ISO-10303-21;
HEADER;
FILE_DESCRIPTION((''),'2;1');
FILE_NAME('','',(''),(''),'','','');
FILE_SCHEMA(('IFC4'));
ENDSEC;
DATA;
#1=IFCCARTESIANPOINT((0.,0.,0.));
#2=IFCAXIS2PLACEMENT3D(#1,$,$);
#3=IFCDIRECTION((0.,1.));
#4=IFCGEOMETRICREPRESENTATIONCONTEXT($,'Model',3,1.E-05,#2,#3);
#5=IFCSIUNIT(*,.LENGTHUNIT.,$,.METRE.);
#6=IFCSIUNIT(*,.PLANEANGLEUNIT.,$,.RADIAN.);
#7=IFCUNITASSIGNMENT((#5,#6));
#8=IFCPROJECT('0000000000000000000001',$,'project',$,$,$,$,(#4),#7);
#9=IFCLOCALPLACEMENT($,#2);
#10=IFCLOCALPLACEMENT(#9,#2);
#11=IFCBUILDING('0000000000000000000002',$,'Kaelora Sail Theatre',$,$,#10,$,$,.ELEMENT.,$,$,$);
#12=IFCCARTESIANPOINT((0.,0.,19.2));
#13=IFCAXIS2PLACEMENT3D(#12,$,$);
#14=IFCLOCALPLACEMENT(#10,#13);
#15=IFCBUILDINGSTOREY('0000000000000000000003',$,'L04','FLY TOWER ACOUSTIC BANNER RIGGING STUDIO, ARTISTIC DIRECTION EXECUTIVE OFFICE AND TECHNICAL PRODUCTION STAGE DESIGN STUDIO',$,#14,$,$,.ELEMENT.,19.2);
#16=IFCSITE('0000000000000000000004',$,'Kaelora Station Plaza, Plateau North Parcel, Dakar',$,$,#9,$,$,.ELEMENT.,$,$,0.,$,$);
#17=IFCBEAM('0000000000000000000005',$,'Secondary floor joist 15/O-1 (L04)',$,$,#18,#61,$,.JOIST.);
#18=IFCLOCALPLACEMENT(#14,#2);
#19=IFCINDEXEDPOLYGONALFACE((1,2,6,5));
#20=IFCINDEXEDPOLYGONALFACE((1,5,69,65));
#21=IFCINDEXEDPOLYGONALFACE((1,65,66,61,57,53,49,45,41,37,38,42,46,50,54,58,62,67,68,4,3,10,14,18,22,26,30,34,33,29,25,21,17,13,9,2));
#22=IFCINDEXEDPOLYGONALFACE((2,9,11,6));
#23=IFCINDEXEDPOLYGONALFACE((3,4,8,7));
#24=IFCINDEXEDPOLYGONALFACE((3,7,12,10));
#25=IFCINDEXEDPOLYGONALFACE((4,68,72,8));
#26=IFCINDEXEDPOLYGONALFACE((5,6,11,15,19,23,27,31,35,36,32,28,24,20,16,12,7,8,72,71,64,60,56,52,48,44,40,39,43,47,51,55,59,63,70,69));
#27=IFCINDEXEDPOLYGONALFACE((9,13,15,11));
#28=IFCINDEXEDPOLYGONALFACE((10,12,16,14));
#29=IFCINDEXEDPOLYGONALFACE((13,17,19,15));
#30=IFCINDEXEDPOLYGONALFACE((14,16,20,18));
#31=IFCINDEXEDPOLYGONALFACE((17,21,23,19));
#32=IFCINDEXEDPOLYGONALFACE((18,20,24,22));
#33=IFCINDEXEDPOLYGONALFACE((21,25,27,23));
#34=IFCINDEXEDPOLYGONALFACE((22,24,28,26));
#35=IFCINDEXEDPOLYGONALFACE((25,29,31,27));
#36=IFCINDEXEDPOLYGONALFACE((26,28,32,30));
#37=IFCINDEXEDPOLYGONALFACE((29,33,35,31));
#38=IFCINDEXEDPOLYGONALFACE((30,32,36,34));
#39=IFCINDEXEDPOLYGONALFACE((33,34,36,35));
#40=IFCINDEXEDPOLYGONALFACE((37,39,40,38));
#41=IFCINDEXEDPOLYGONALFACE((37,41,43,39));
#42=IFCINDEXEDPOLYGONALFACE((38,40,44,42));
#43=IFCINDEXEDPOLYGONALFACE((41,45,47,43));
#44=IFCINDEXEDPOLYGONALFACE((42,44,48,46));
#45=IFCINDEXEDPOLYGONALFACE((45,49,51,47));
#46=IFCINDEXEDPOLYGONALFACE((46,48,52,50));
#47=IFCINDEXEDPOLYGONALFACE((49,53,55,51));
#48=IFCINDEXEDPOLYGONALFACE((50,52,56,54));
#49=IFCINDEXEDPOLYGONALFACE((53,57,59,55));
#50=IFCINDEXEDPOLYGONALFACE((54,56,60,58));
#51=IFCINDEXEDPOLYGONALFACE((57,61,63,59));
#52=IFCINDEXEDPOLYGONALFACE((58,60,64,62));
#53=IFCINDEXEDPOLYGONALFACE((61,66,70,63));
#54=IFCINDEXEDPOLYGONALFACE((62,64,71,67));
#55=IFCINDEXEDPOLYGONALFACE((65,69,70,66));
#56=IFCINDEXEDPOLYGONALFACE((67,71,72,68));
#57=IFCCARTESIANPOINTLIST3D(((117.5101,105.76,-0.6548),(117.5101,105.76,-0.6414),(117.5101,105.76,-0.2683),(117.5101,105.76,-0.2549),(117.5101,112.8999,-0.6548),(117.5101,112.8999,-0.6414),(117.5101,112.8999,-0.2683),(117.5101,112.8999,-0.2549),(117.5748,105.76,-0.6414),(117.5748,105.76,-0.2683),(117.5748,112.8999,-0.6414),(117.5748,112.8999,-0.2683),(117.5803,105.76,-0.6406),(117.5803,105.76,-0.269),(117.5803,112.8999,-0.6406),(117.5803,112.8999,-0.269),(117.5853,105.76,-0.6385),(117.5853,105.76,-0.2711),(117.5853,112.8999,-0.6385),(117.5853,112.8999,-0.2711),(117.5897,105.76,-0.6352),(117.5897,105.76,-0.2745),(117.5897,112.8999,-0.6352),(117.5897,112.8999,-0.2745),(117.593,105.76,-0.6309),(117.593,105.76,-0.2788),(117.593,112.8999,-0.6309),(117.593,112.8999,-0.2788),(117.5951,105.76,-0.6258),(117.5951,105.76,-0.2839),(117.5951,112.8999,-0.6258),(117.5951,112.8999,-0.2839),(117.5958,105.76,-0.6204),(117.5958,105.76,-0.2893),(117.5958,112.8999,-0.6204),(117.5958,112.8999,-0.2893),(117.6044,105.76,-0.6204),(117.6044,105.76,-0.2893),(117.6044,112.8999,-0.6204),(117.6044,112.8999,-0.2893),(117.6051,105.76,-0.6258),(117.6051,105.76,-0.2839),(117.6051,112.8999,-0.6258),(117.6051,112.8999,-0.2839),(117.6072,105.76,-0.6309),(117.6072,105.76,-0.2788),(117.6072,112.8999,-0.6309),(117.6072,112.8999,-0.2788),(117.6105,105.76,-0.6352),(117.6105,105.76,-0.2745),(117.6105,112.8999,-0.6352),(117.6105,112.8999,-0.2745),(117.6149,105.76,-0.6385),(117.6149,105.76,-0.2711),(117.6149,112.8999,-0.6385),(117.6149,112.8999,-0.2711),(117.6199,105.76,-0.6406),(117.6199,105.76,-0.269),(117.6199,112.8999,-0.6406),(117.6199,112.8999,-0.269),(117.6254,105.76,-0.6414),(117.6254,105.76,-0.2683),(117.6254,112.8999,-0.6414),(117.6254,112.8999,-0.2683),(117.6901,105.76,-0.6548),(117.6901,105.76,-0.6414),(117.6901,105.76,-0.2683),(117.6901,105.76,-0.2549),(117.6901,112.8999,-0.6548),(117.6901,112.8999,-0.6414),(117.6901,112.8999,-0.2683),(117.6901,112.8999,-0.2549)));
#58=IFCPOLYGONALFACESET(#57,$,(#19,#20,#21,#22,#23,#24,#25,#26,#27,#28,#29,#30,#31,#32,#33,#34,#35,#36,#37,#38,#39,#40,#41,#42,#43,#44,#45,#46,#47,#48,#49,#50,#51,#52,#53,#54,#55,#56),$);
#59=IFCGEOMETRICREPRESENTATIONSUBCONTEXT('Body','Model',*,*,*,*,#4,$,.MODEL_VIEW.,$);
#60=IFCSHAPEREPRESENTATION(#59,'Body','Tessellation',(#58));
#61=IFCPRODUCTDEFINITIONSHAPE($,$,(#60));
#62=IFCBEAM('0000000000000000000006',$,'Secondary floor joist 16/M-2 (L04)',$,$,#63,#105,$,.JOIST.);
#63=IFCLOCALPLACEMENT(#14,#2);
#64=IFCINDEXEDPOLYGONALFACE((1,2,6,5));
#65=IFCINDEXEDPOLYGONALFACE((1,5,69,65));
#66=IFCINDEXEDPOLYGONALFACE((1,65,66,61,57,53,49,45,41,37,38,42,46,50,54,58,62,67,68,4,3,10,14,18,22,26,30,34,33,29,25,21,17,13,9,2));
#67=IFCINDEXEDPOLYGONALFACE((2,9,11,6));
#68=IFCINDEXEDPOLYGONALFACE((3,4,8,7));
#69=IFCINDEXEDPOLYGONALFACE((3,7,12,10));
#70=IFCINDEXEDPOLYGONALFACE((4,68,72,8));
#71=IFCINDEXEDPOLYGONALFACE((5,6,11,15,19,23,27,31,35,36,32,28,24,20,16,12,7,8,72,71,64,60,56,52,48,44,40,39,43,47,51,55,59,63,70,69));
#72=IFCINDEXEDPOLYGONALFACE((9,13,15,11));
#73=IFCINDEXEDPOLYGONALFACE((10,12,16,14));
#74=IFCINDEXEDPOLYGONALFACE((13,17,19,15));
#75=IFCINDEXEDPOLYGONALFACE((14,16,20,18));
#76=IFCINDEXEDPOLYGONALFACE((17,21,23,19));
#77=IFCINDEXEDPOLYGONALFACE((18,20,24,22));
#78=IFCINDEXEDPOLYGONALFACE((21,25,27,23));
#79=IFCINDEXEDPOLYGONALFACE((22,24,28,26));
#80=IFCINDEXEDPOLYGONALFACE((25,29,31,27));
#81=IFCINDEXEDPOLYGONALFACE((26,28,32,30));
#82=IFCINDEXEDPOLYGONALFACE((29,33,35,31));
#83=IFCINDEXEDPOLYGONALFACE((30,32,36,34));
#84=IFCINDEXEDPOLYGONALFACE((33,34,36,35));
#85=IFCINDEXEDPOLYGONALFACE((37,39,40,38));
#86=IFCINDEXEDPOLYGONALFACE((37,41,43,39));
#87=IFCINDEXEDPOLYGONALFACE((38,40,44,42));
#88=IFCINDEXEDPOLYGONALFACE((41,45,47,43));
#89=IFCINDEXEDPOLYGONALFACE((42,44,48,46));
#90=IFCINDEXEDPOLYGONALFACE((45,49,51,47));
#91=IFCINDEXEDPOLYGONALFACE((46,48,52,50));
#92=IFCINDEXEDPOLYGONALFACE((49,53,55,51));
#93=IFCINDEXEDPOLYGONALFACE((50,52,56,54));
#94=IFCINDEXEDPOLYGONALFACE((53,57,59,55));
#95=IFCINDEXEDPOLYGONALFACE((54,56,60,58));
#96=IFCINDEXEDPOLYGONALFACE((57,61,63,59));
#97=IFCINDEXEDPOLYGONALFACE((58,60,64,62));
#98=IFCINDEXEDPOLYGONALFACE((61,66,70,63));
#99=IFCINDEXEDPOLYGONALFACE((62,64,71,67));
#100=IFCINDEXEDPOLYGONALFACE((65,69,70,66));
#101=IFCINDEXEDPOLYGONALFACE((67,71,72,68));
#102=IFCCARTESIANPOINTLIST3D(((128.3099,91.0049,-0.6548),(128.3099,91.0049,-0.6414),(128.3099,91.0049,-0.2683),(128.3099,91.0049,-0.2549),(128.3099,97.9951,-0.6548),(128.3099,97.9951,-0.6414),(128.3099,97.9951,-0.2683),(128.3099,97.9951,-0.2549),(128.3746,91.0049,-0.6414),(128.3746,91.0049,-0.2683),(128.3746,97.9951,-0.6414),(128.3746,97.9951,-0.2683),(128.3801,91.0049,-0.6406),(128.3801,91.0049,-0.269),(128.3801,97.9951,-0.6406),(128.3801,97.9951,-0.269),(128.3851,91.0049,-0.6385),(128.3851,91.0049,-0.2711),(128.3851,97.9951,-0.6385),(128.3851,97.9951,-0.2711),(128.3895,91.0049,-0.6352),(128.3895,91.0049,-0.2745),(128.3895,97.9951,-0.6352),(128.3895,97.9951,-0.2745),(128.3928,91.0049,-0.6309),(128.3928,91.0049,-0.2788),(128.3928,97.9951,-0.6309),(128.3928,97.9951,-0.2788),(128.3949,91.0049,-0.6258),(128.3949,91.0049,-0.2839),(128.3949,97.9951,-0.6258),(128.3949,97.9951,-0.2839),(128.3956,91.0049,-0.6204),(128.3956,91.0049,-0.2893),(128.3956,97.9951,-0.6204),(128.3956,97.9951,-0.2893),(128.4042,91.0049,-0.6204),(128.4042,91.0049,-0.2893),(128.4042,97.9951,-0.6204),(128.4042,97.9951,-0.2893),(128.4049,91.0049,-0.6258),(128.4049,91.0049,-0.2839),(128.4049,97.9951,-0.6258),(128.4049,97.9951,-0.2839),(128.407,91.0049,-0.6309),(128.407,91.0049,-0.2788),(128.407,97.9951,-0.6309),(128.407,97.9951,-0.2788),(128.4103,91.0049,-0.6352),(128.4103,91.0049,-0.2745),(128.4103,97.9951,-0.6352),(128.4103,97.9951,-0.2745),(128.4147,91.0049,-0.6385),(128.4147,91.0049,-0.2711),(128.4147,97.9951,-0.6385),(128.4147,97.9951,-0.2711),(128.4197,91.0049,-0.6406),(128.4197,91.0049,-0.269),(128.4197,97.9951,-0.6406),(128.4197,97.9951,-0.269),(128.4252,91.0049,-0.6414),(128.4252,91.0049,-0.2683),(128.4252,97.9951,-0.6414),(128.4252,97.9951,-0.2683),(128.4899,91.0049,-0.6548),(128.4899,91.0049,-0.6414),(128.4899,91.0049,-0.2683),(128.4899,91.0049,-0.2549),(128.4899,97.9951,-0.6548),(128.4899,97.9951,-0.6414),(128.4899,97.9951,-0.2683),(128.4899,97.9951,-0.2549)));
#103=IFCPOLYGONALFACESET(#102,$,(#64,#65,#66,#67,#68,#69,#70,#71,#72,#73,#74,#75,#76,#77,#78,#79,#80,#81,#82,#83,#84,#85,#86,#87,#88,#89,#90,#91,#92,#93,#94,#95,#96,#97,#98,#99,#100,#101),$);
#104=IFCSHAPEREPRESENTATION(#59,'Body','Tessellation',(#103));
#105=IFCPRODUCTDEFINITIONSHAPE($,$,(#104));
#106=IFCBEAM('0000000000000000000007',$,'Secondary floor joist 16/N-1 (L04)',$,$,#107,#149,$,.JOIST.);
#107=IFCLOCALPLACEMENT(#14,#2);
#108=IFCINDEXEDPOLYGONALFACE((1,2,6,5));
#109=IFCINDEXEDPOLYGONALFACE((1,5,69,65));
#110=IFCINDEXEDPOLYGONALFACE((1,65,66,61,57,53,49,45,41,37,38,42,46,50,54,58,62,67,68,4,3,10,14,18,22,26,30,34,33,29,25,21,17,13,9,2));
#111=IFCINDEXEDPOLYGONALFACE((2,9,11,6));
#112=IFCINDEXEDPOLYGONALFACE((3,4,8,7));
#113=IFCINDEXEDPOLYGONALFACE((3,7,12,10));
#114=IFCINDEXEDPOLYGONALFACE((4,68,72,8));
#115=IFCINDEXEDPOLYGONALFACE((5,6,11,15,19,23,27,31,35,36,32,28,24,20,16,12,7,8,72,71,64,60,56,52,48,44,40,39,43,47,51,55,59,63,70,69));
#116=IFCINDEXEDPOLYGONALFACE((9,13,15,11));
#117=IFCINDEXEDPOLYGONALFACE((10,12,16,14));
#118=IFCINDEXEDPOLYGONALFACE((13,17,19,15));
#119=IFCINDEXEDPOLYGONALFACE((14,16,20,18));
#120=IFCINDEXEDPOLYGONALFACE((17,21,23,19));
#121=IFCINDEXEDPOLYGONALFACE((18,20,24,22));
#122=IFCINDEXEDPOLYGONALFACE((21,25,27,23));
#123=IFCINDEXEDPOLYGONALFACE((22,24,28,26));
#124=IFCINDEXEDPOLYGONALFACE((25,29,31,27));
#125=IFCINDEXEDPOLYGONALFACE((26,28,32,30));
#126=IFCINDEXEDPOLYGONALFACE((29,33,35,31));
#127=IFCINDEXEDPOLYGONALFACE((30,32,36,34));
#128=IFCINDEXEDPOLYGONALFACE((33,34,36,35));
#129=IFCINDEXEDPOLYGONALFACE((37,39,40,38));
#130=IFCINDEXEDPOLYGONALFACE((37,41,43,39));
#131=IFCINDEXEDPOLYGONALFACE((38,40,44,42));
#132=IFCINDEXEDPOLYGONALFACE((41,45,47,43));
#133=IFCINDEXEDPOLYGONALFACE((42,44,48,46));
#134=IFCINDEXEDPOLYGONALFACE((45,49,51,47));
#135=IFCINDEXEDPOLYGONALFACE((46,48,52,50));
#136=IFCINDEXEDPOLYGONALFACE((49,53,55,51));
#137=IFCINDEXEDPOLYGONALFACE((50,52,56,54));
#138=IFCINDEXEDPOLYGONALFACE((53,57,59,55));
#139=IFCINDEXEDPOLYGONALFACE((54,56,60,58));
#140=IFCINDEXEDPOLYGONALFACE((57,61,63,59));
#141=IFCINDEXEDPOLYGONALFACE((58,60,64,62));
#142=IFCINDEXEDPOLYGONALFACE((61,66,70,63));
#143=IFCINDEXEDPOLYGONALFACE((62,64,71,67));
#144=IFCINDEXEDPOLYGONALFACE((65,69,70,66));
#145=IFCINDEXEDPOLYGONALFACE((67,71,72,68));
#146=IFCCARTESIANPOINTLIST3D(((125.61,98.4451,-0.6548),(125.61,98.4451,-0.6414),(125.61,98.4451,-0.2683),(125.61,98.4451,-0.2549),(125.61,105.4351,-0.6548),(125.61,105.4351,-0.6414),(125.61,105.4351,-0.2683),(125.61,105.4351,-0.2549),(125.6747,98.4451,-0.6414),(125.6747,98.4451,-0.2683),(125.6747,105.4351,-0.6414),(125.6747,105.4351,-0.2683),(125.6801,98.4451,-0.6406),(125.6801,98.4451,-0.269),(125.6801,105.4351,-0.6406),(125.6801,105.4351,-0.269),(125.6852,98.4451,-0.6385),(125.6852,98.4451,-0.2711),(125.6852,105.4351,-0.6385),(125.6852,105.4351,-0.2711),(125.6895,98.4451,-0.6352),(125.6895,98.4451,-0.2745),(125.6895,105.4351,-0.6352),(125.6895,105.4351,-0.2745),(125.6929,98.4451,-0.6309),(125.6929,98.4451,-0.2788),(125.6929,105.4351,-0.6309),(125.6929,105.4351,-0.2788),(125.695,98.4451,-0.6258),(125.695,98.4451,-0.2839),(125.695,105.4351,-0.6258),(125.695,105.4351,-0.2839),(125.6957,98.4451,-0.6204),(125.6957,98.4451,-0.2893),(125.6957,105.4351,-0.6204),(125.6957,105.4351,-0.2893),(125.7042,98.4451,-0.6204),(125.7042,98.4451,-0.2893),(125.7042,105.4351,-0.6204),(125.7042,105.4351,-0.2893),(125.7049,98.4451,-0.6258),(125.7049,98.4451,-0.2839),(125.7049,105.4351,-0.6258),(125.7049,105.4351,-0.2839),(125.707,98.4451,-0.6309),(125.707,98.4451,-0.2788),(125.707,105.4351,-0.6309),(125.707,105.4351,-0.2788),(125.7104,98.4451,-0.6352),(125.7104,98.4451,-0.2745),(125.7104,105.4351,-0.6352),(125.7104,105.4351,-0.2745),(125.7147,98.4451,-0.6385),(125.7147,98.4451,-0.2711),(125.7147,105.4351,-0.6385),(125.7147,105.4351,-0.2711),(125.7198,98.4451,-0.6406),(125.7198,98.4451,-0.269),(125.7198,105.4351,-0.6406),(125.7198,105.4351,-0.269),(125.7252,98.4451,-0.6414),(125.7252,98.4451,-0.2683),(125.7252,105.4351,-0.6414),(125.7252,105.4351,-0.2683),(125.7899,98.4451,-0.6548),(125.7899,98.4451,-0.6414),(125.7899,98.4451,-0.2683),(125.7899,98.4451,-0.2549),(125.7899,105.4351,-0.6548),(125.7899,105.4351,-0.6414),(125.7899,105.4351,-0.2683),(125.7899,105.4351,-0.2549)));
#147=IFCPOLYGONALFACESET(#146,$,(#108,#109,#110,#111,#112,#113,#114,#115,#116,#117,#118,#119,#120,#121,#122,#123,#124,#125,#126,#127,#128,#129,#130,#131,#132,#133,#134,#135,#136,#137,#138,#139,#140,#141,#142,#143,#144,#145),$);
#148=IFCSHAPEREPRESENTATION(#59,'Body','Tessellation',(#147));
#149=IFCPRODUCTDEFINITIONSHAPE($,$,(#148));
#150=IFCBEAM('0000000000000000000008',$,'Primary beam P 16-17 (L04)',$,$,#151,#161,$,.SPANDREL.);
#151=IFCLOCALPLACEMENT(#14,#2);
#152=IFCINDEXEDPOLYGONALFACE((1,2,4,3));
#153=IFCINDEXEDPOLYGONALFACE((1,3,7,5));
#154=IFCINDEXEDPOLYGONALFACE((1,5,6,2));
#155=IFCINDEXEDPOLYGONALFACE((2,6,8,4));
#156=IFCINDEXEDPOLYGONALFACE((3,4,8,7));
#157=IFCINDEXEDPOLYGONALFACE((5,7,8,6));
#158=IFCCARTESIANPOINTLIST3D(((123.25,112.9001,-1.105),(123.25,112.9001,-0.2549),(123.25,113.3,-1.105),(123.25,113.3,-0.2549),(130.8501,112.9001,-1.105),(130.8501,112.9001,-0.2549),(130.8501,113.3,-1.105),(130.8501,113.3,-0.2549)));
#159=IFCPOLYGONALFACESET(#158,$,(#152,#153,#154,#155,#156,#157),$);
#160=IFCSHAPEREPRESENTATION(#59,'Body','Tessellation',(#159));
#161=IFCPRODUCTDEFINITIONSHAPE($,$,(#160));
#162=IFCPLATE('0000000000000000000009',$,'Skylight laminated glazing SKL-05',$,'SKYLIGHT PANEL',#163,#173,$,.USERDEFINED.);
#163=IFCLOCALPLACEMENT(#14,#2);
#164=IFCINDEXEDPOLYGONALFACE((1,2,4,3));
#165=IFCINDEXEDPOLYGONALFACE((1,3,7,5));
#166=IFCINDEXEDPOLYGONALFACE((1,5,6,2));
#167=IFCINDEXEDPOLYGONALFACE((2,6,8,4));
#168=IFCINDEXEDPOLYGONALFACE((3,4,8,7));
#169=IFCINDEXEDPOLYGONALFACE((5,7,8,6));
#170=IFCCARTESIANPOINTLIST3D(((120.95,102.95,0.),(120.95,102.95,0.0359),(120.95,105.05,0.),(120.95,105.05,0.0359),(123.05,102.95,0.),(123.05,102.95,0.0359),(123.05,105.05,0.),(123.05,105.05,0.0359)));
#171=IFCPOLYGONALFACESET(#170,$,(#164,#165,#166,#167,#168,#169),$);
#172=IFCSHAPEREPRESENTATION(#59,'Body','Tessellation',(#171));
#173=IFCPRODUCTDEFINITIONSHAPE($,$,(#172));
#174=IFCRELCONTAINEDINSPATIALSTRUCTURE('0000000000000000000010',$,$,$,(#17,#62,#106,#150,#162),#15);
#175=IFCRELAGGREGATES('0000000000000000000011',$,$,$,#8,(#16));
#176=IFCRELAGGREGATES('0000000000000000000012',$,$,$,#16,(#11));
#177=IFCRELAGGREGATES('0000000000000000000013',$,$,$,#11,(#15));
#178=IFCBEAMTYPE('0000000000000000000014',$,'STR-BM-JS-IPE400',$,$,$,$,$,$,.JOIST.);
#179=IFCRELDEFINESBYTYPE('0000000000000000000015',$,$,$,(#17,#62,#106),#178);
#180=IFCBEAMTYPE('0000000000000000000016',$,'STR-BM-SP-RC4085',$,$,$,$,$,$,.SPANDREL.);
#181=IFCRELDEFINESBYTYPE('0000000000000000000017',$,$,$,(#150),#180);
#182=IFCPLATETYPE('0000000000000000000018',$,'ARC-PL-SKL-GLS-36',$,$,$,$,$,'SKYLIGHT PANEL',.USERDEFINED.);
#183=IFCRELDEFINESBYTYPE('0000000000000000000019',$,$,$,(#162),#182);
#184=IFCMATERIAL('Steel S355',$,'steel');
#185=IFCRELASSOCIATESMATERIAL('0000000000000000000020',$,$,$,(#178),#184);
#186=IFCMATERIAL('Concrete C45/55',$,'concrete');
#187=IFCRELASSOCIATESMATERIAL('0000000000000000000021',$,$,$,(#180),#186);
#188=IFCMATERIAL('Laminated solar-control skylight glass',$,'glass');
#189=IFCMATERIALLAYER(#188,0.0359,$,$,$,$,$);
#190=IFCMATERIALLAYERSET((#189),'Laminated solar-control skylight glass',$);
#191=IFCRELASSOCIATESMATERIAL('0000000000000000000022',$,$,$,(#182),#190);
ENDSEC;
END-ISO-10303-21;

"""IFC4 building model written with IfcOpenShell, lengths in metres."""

from ifc_helpers import new_model, si_unit, direction, frame, origin, origin_2d, place, context, subcontext, project, spatial, rectangle, i_section, extrude, material, layer, layer_set, material_profile, profile_set, type_object, element, save


model = new_model("IFC4")

# Units and contexts
model_context = context("Model", 3, precision=1e-05, world=origin(), true_north=direction((0.0, 1.0)))
body_context = subcontext(model_context, "Body", "Model", "MODEL_VIEW")
ifc_project = project(units=[si_unit("LENGTHUNIT", "METRE"), si_unit("PLANEANGLEUNIT", "RADIAN")], contexts=[model_context])

# Site, building, storey
site_placement = place(None, origin())
site = spatial("IfcSite", under=ifc_project, at=site_placement, Name="Kaelora Station Plaza, Plateau North Parcel, Dakar", CompositionType="ELEMENT", RefElevation=0.0)
building_placement = place(site_placement, origin())
building = spatial("IfcBuilding", under=site, at=building_placement, Name="Kaelora Sail Theatre", CompositionType="ELEMENT")
storey_placement = place(building_placement, frame((0.0, 0.0, 19.2)))
storey = spatial("IfcBuildingStorey", under=building, at=storey_placement, Name="L04", Description="FLY TOWER ACOUSTIC BANNER RIGGING STUDIO, ARTISTIC DIRECTION EXECUTIVE OFFICE AND TECHNICAL PRODUCTION STAGE DESIGN STUDIO", CompositionType="ELEMENT", Elevation=19.2)

# Beams
ifc_material_1 = material(Name="Steel S355", Category="steel")
ifc_material_profile_1 = material_profile(ifc_material_1, i_section(OverallWidth=0.1799, OverallDepth=0.3999, WebThickness=0.0085, FlangeThickness=0.0134, FilletRadius=0.021, at=origin_2d()), Name="IPE 400")
ifc_profile_set_1 = profile_set([ifc_material_profile_1], Name="Steel S355")
beam_type_1 = type_object("IfcBeamType", Name="STR-BM-JS-IPE400", PredefinedType="JOIST", material=ifc_profile_set_1)
beam_1_placement = place(storey_placement, frame((117.6001, 105.76, -0.4548), z_axis=(0.0, 1.0, 0.0), x_axis=(-1.0, 0.0, 0.0)))
element("IfcBeam", 1, at=beam_1_placement, inside=storey, type_object=beam_type_1, Name="Secondary floor joist 15/O-1 (L04)", PredefinedType="JOIST", context=body_context, shape_type="SweptSolid", body=[
    extrude(i_section(OverallWidth=0.1799, OverallDepth=0.3999, WebThickness=0.0085, FlangeThickness=0.0134, FilletRadius=0.021, at=origin_2d()), origin(), (0.0, 0.0, 1.0), 7.1399),
])
beam_2_placement = place(storey_placement, frame((128.3999, 91.0049, -0.4548), z_axis=(0.0, 1.0, 0.0), x_axis=(-1.0, 0.0, 0.0)))
element("IfcBeam", 2, at=beam_2_placement, inside=storey, type_object=beam_type_1, Name="Secondary floor joist 16/M-2 (L04)", PredefinedType="JOIST", context=body_context, shape_type="SweptSolid", body=[
    extrude(i_section(OverallWidth=0.1799, OverallDepth=0.3999, WebThickness=0.0085, FlangeThickness=0.0134, FilletRadius=0.021, at=origin_2d()), origin(), (0.0, 0.0, 1.0), 6.9902),
])
beam_3_placement = place(storey_placement, frame((125.7, 98.4451, -0.4548), z_axis=(0.0, 1.0, 0.0), x_axis=(-1.0, 0.0, 0.0)))
element("IfcBeam", 3, at=beam_3_placement, inside=storey, type_object=beam_type_1, Name="Secondary floor joist 16/N-1 (L04)", PredefinedType="JOIST", context=body_context, shape_type="SweptSolid", body=[
    extrude(i_section(OverallWidth=0.1799, OverallDepth=0.3999, WebThickness=0.0085, FlangeThickness=0.0134, FilletRadius=0.021, at=origin_2d()), origin(), (0.0, 0.0, 1.0), 6.99),
])
ifc_material_2 = material(Name="Concrete C45/55", Category="concrete")
ifc_material_profile_2 = material_profile(ifc_material_2, rectangle(XDim=0.3999, YDim=0.8501, at=origin_2d()), Name="RC-SPN 400x850")
ifc_profile_set_2 = profile_set([ifc_material_profile_2], Name="Concrete C45/55")
beam_type_2 = type_object("IfcBeamType", Name="STR-BM-SP-RC4085", PredefinedType="SPANDREL", material=ifc_profile_set_2)
beam_4_placement = place(storey_placement, frame((123.25, 113.1001, -0.6799), z_axis=(1.0, 0.0, 0.0), x_axis=(0.0, 1.0, 0.0)))
element("IfcBeam", 4, at=beam_4_placement, inside=storey, type_object=beam_type_2, Name="Primary beam P 16-17 (L04)", PredefinedType="SPANDREL", context=body_context, shape_type="SweptSolid", body=[
    extrude(rectangle(XDim=0.3999, YDim=0.8501, at=origin_2d()), origin(), (0.0, 0.0, 1.0), 7.6001),
])

# Plate
ifc_material_3 = material(Name="Laminated solar-control skylight glass", Category="glass")
ifc_layer = layer(ifc_material_3, 0.0359)
ifc_layer_set = layer_set([ifc_layer], Name="Laminated solar-control skylight glass")
plate_type = type_object("IfcPlateType", Name="ARC-PL-SKL-GLS-36", ElementType="SKYLIGHT PANEL", PredefinedType="USERDEFINED", material=ifc_layer_set)
plate_placement = place(storey_placement, frame((122.0, 104.0, 0.0), z_axis=(0.0, 0.0, 1.0), x_axis=(1.0, 0.0, 0.0)))
element("IfcPlate", 5, at=plate_placement, inside=storey, type_object=plate_type, Name="Skylight laminated glazing SKL-05", ObjectType="SKYLIGHT PANEL", PredefinedType="USERDEFINED", context=body_context, shape_type="SweptSolid", body=[
    extrude(rectangle(XDim=2.1001, YDim=2.1001, at=origin_2d()), origin(), (0.0, 0.0, 1.0), 0.0359),
])

save(model, "model.ifc")
